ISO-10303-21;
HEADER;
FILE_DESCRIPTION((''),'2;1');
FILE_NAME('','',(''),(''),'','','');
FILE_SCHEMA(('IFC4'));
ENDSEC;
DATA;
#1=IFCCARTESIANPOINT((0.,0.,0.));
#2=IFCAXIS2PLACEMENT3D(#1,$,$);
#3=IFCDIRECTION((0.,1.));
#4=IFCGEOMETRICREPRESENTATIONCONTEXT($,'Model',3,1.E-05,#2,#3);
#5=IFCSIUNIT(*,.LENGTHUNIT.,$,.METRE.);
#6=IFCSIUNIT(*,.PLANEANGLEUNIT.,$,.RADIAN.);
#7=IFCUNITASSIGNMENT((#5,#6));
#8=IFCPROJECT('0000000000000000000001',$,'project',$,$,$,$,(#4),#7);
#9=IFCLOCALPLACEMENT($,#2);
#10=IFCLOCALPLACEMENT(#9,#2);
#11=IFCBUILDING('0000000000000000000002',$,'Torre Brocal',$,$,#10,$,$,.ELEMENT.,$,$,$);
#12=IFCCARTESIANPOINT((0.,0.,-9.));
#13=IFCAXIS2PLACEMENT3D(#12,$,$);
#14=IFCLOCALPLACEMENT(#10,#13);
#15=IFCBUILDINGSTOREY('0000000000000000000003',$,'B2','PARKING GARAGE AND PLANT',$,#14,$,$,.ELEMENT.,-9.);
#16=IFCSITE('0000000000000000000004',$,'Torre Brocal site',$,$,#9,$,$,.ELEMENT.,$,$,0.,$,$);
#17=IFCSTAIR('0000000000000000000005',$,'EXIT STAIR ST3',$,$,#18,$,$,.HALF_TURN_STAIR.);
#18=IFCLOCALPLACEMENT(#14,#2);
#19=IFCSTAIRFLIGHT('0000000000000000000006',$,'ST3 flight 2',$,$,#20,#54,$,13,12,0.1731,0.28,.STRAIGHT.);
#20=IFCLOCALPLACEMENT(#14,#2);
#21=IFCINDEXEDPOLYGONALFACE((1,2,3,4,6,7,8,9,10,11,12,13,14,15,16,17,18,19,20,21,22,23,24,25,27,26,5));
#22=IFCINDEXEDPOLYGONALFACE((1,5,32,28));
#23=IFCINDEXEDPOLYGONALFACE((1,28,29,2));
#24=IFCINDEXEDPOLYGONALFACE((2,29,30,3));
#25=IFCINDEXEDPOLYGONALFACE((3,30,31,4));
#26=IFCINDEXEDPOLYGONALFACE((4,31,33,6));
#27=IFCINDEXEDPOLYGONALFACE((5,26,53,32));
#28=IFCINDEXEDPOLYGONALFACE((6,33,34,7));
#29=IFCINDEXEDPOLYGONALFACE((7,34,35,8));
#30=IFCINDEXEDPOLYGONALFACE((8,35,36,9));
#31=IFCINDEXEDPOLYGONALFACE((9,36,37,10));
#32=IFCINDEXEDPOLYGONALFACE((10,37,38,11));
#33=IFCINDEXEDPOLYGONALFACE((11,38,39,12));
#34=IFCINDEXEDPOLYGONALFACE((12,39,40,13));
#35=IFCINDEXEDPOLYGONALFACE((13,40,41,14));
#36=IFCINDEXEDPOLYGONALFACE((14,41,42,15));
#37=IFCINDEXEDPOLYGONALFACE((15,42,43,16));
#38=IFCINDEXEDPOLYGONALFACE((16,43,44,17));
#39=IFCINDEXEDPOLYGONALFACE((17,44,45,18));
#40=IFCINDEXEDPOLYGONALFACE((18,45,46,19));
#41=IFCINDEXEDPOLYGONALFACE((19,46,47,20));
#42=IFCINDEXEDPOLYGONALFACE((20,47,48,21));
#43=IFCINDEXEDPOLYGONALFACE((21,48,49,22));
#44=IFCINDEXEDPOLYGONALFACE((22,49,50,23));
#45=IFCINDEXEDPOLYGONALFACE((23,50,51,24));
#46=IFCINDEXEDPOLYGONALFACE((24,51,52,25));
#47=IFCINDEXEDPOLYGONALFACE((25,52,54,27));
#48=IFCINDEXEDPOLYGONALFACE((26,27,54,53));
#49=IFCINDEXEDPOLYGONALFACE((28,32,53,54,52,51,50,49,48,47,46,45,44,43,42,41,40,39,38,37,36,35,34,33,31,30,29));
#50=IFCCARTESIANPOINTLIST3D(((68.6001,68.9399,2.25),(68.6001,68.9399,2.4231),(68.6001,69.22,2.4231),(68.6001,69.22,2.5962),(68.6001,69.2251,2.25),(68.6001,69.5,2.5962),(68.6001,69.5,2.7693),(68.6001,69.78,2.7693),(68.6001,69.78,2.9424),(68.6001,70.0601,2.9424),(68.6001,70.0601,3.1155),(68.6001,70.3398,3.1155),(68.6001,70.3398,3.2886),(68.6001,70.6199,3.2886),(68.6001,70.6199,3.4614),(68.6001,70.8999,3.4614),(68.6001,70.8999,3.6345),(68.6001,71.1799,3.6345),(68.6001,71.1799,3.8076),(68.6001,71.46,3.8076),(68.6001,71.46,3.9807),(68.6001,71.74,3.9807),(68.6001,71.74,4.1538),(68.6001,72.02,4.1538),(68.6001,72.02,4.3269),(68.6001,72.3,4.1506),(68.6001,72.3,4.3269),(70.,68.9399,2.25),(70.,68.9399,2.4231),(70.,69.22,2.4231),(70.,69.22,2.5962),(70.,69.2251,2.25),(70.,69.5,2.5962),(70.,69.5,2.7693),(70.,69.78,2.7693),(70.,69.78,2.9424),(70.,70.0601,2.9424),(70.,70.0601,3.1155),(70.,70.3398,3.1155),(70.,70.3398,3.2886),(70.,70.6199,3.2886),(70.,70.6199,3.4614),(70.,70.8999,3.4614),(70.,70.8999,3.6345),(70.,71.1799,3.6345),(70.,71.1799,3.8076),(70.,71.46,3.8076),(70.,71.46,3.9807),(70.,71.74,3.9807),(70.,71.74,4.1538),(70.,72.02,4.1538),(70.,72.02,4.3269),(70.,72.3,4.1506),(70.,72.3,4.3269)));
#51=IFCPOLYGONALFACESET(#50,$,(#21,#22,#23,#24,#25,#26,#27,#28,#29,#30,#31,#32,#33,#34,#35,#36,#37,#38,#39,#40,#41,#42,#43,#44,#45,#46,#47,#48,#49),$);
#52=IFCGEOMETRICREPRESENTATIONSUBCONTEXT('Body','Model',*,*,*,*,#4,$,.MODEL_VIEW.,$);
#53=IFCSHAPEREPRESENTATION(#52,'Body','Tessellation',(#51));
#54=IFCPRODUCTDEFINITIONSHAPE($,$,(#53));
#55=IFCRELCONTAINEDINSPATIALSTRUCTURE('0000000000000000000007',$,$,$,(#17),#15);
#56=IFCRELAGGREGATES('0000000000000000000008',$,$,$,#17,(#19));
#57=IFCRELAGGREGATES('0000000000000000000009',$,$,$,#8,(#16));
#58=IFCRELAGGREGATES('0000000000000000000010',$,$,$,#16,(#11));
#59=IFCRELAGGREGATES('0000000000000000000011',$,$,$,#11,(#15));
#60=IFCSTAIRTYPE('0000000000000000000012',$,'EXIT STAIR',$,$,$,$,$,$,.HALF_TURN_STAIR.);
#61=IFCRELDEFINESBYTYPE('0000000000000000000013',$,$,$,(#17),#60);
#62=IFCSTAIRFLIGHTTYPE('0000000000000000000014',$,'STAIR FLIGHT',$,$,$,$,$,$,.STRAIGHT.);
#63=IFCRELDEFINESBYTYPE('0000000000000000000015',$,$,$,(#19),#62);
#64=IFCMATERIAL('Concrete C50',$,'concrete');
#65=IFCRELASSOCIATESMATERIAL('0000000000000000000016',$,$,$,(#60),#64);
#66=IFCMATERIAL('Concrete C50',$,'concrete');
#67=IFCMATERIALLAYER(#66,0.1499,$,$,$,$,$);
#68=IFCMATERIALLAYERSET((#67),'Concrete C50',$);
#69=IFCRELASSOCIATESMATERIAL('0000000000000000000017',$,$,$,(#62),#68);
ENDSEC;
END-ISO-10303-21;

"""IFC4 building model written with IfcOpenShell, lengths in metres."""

from ifc_helpers import new_model, si_unit, direction, frame, origin, place, context, subcontext, project, spatial, polyline, outline, extrude, material, layer, layer_set, type_object, element, aggregate, save


model = new_model("IFC4")

# Units and contexts
model_context = context("Model", 3, precision=1e-05, world=origin(), true_north=direction((0.0, 1.0)))
body_context = subcontext(model_context, "Body", "Model", "MODEL_VIEW")
ifc_project = project(units=[si_unit("LENGTHUNIT", "METRE"), si_unit("PLANEANGLEUNIT", "RADIAN")], contexts=[model_context])

# Site, building, storey
site_placement = place(None, origin())
site = spatial("IfcSite", under=ifc_project, at=site_placement, Name="Torre Brocal site", CompositionType="ELEMENT", RefElevation=0.0)
building_placement = place(site_placement, origin())
building = spatial("IfcBuilding", under=site, at=building_placement, Name="Torre Brocal", CompositionType="ELEMENT")
storey_placement = place(building_placement, frame((0.0, 0.0, -9.0)))
storey = spatial("IfcBuildingStorey", under=building, at=storey_placement, Name="B2", Description="PARKING GARAGE AND PLANT", CompositionType="ELEMENT", Elevation=-9.0)

# Stair, stair flight
ifc_material_1 = material(Name="Concrete C50", Category="concrete")
stair_type = type_object("IfcStairType", Name="EXIT STAIR", PredefinedType="HALF_TURN_STAIR", material=ifc_material_1)
stair_placement = place(storey_placement, origin())
stair = element("IfcStair", 1, at=stair_placement, inside=storey, type_object=stair_type, Name="EXIT STAIR ST3", PredefinedType="HALF_TURN_STAIR")
ifc_material_2 = material(Name="Concrete C50", Category="concrete")
ifc_layer_1 = layer(ifc_material_2, 0.1499)
ifc_layer_set_1 = layer_set([ifc_layer_1], Name="Concrete C50")
stair_flight_type = type_object("IfcStairFlightType", Name="STAIR FLIGHT", PredefinedType="STRAIGHT", material=ifc_layer_set_1)
stair_flight_placement = place(storey_placement, frame((69.3, 68.9399, 2.25), z_axis=(0.0, 0.0, 1.0), x_axis=(0.0, 1.0, 0.0)))
stair_flight = element("IfcStairFlight", 2, at=stair_flight_placement, type_object=stair_flight_type, Name="ST3 flight 2", NumberOfRisers=13, NumberOfTreads=12, PredefinedType="STRAIGHT", RiserHeight=0.1731, TreadLength=0.28, context=body_context, shape_type="SweptSolid", body=[
    extrude(outline(polyline([(0.0, 0.0), (0.0, 0.1731), (0.28, 0.1731), (0.28, 0.3462), (0.5601, 0.3462), (0.5601, 0.5193), (0.8401, 0.5193), (0.8401, 0.6924), (1.1201, 0.6924), (1.1201, 0.8655), (1.3999, 0.8655), (1.3999, 1.0386), (1.6799, 1.0386), (1.6799, 1.2114), (1.96, 1.2114), (1.96, 1.3845), (2.24, 1.3845), (2.24, 1.5576), (2.52, 1.5576), (2.52, 1.7307), (2.8, 1.7307), (2.8, 1.9038), (3.0801, 1.9038), (3.0801, 2.0769), (3.3601, 2.0769), (3.3601, 2.25), (3.3601, 1.9006), (0.2852, 0.0), (0.0, 0.0)])), frame((0.0, 0.7, 0.0), z_axis=(0.0, -1.0, 0.0), x_axis=(1.0, 0.0, 0.0)), (0.0, 0.0, 1.0), 1.3999),
])
aggregate(stair, [stair_flight])

save(model, "model.ifc")
